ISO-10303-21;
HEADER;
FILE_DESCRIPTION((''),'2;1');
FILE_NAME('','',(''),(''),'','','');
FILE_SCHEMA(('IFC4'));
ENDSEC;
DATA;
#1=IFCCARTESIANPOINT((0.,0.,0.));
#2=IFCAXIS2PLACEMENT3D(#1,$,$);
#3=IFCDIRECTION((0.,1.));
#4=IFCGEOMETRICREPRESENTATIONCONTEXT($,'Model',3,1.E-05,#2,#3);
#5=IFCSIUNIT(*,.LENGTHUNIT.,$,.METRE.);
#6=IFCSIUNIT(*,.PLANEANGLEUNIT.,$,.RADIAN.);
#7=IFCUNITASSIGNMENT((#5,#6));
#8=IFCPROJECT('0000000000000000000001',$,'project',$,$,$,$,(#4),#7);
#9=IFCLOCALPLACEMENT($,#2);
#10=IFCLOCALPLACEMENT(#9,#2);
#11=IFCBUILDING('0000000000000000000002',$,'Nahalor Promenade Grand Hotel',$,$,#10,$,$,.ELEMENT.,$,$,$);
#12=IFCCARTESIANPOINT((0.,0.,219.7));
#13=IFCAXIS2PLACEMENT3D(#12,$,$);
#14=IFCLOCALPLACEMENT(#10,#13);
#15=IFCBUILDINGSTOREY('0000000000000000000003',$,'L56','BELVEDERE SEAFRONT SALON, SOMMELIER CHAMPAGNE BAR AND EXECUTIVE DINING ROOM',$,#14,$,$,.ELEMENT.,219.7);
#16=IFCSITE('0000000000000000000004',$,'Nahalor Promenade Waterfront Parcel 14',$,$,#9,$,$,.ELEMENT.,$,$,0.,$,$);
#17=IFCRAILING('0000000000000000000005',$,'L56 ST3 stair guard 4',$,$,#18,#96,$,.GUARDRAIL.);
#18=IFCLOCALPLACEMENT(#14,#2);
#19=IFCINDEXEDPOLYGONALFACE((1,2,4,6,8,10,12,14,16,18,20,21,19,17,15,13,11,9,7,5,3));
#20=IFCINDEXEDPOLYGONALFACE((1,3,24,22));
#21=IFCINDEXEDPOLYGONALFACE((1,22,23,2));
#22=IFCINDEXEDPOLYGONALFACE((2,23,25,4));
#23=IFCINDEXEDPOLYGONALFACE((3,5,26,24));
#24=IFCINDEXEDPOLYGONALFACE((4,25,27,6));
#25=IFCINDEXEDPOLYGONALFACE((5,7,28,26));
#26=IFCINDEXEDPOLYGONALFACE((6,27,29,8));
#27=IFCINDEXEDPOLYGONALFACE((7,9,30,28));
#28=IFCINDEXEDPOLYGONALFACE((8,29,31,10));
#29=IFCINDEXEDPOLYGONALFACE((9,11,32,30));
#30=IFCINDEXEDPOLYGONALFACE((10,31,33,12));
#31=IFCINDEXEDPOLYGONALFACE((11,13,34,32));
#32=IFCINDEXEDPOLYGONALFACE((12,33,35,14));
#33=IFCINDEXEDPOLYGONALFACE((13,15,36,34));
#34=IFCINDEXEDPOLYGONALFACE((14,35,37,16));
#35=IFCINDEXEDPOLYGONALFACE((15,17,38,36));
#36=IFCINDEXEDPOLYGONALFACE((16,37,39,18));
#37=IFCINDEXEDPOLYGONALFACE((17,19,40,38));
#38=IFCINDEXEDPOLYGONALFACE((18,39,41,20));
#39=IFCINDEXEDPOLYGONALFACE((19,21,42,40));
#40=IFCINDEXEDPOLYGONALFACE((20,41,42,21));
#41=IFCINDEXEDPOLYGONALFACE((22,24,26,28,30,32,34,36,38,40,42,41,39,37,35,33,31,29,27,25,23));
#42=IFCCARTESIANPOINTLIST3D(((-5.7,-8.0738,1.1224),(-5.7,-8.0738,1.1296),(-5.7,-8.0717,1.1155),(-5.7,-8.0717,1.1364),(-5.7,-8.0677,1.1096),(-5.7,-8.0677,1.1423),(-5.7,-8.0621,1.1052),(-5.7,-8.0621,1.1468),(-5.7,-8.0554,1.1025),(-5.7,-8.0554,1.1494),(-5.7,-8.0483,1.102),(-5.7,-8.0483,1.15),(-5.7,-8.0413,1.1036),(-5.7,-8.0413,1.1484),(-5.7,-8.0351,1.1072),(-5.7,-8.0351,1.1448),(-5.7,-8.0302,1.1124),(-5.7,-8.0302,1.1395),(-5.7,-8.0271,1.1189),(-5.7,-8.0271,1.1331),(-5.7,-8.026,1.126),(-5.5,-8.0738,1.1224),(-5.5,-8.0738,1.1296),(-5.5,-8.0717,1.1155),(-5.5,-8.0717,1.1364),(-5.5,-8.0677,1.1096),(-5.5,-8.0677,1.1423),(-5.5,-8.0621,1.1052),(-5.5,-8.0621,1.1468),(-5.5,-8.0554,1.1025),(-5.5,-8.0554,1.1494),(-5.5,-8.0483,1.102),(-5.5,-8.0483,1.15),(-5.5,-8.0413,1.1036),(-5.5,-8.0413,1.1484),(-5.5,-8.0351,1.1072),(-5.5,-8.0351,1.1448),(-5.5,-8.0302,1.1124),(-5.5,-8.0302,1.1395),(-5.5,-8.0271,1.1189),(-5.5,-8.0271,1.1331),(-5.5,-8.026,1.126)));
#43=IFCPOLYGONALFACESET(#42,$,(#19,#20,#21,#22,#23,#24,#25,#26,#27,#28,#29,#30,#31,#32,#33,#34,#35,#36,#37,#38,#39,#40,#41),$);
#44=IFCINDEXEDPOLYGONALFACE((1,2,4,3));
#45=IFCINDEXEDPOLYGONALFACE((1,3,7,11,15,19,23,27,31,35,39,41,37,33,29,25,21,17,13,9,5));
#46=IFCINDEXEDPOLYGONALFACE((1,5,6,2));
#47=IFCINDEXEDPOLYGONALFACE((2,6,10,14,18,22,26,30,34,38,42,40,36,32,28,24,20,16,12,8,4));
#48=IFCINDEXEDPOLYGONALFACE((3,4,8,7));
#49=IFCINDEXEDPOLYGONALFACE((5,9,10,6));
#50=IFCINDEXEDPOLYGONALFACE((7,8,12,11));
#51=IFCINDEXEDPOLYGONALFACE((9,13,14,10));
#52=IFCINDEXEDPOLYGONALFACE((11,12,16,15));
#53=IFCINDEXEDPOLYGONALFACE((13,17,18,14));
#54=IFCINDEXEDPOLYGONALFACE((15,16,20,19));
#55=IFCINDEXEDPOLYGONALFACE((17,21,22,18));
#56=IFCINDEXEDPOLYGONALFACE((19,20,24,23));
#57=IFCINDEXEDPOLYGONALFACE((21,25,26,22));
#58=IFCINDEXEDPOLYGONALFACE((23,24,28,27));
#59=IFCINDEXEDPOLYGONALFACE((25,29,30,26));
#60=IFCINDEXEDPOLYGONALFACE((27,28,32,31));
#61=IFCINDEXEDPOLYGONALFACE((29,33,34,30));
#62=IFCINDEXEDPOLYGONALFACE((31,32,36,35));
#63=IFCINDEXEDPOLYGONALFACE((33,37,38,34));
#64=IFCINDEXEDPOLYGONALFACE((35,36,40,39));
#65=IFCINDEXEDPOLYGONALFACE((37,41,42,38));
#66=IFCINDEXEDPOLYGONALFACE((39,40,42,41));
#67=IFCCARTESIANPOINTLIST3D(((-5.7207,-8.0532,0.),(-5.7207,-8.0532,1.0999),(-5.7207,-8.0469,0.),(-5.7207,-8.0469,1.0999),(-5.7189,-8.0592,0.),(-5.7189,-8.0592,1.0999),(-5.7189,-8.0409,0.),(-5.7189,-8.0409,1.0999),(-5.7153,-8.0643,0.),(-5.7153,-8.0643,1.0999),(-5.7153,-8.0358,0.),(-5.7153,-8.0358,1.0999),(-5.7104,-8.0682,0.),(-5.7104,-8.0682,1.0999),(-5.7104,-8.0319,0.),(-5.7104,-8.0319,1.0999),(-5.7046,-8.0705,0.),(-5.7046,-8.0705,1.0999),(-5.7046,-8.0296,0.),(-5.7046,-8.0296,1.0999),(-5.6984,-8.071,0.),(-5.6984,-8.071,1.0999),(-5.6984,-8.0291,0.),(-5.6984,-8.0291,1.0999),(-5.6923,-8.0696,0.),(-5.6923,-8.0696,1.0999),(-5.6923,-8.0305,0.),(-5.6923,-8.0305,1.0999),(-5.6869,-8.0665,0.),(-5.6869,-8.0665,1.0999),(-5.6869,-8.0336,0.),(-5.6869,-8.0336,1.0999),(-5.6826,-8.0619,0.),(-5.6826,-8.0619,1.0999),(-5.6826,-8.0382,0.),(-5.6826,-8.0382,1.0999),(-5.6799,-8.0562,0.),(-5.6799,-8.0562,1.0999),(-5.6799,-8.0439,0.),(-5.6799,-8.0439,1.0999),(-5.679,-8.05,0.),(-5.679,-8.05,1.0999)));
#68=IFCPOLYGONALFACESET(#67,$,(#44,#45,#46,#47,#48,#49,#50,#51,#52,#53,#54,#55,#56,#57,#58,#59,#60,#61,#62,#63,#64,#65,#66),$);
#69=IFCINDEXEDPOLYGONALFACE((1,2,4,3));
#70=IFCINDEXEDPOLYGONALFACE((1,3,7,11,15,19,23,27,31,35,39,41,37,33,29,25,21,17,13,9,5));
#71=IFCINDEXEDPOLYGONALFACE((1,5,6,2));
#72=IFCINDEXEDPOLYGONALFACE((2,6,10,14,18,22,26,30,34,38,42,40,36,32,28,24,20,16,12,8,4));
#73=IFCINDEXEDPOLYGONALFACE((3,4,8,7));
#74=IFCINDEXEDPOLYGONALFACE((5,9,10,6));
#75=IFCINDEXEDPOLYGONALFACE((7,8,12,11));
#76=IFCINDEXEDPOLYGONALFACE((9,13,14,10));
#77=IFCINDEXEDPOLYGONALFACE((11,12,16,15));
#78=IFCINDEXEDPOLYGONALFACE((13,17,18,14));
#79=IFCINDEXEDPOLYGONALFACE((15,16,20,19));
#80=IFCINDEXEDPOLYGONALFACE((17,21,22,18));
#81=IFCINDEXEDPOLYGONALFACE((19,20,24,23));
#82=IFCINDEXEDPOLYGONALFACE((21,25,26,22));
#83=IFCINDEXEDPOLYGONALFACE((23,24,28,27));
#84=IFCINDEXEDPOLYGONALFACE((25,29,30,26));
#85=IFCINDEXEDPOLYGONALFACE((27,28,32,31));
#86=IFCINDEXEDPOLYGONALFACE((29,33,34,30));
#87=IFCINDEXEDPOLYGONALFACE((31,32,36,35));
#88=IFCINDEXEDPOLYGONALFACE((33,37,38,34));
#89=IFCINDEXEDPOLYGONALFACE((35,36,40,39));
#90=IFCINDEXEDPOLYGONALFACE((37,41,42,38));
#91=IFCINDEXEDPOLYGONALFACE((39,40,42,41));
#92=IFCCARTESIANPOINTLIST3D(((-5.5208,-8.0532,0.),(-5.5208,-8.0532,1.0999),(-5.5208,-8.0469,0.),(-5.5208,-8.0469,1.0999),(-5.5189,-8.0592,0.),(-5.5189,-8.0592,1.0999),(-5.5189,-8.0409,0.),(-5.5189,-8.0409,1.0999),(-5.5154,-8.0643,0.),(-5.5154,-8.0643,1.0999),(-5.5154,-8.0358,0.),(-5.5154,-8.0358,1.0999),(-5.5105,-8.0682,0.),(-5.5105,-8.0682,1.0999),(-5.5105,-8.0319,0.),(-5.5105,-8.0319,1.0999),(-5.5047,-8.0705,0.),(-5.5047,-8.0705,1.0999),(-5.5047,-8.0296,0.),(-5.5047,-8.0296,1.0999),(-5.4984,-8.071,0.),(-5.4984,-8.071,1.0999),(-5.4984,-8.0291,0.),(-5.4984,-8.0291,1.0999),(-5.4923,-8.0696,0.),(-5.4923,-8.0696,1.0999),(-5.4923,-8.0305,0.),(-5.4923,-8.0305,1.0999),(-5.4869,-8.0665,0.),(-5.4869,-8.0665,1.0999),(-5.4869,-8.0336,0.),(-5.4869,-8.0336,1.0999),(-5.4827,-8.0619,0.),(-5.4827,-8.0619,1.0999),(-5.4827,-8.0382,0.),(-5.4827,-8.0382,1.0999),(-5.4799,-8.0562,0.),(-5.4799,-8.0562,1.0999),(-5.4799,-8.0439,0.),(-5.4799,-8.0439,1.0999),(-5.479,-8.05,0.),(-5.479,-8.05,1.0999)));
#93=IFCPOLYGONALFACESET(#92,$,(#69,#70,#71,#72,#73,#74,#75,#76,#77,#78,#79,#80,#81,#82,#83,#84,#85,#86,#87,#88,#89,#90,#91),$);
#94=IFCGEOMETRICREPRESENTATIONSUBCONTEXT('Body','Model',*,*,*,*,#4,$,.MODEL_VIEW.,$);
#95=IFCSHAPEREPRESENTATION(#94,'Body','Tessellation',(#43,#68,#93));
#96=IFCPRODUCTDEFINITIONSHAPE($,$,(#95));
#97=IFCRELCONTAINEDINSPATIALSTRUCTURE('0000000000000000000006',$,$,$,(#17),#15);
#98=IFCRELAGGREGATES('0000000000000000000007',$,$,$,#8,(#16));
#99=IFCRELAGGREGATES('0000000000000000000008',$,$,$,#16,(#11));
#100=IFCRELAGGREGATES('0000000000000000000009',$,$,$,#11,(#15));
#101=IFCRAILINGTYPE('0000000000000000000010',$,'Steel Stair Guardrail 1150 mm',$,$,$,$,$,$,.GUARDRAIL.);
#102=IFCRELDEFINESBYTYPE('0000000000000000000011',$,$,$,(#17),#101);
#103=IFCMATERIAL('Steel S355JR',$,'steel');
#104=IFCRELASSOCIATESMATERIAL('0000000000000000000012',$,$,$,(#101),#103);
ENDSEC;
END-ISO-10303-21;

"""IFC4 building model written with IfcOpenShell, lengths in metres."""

from ifc_helpers import new_model, si_unit, direction, frame, origin, origin_2d, place, context, subcontext, project, spatial, circle, extrude, material, type_object, element, save


model = new_model("IFC4")

# Units and contexts
model_context = context("Model", 3, precision=1e-05, world=origin(), true_north=direction((0.0, 1.0)))
body_context = subcontext(model_context, "Body", "Model", "MODEL_VIEW")
ifc_project = project(units=[si_unit("LENGTHUNIT", "METRE"), si_unit("PLANEANGLEUNIT", "RADIAN")], contexts=[model_context])

# Site, building, storey
site_placement = place(None, origin())
site = spatial("IfcSite", under=ifc_project, at=site_placement, Name="Nahalor Promenade Waterfront Parcel 14", CompositionType="ELEMENT", RefElevation=0.0)
building_placement = place(site_placement, origin())
building = spatial("IfcBuilding", under=site, at=building_placement, Name="Nahalor Promenade Grand Hotel", CompositionType="ELEMENT")
storey_placement = place(building_placement, frame((0.0, 0.0, 219.7)))
storey = spatial("IfcBuildingStorey", under=building, at=storey_placement, Name="L56", Description="BELVEDERE SEAFRONT SALON, SOMMELIER CHAMPAGNE BAR AND EXECUTIVE DINING ROOM", CompositionType="ELEMENT", Elevation=219.7)

# Shared definitions
ifc_material_1 = material(Name="Steel S355JR", Category="steel")

# Railing
railing_type_1 = type_object("IfcRailingType", Name="Steel Stair Guardrail 1150 mm", PredefinedType="GUARDRAIL", material=ifc_material_1)
railing_1_placement = place(storey_placement, frame((-5.7, -8.05, 0.0)))
element("IfcRailing", 1, at=railing_1_placement, inside=storey, type_object=railing_type_1, Name="L56 ST3 stair guard 4", PredefinedType="GUARDRAIL", context=body_context, shape_type="SweptSolid", body=[
    extrude(circle(Radius=0.024, at=origin_2d()), frame((0.0, 0.0, 1.126), z_axis=(1.0, 0.0, 0.0), x_axis=(0.0, 1.0, 0.0)), (0.0, 0.0, 1.0), 0.2),
    extrude(circle(Radius=0.021, at=origin_2d()), origin(), (0.0, 0.0, 1.0), 1.0999),
    extrude(circle(Radius=0.021, at=origin_2d()), frame((0.2, 0.0, 0.0)), (0.0, 0.0, 1.0), 1.0999),
])

save(model, "model.ifc")
